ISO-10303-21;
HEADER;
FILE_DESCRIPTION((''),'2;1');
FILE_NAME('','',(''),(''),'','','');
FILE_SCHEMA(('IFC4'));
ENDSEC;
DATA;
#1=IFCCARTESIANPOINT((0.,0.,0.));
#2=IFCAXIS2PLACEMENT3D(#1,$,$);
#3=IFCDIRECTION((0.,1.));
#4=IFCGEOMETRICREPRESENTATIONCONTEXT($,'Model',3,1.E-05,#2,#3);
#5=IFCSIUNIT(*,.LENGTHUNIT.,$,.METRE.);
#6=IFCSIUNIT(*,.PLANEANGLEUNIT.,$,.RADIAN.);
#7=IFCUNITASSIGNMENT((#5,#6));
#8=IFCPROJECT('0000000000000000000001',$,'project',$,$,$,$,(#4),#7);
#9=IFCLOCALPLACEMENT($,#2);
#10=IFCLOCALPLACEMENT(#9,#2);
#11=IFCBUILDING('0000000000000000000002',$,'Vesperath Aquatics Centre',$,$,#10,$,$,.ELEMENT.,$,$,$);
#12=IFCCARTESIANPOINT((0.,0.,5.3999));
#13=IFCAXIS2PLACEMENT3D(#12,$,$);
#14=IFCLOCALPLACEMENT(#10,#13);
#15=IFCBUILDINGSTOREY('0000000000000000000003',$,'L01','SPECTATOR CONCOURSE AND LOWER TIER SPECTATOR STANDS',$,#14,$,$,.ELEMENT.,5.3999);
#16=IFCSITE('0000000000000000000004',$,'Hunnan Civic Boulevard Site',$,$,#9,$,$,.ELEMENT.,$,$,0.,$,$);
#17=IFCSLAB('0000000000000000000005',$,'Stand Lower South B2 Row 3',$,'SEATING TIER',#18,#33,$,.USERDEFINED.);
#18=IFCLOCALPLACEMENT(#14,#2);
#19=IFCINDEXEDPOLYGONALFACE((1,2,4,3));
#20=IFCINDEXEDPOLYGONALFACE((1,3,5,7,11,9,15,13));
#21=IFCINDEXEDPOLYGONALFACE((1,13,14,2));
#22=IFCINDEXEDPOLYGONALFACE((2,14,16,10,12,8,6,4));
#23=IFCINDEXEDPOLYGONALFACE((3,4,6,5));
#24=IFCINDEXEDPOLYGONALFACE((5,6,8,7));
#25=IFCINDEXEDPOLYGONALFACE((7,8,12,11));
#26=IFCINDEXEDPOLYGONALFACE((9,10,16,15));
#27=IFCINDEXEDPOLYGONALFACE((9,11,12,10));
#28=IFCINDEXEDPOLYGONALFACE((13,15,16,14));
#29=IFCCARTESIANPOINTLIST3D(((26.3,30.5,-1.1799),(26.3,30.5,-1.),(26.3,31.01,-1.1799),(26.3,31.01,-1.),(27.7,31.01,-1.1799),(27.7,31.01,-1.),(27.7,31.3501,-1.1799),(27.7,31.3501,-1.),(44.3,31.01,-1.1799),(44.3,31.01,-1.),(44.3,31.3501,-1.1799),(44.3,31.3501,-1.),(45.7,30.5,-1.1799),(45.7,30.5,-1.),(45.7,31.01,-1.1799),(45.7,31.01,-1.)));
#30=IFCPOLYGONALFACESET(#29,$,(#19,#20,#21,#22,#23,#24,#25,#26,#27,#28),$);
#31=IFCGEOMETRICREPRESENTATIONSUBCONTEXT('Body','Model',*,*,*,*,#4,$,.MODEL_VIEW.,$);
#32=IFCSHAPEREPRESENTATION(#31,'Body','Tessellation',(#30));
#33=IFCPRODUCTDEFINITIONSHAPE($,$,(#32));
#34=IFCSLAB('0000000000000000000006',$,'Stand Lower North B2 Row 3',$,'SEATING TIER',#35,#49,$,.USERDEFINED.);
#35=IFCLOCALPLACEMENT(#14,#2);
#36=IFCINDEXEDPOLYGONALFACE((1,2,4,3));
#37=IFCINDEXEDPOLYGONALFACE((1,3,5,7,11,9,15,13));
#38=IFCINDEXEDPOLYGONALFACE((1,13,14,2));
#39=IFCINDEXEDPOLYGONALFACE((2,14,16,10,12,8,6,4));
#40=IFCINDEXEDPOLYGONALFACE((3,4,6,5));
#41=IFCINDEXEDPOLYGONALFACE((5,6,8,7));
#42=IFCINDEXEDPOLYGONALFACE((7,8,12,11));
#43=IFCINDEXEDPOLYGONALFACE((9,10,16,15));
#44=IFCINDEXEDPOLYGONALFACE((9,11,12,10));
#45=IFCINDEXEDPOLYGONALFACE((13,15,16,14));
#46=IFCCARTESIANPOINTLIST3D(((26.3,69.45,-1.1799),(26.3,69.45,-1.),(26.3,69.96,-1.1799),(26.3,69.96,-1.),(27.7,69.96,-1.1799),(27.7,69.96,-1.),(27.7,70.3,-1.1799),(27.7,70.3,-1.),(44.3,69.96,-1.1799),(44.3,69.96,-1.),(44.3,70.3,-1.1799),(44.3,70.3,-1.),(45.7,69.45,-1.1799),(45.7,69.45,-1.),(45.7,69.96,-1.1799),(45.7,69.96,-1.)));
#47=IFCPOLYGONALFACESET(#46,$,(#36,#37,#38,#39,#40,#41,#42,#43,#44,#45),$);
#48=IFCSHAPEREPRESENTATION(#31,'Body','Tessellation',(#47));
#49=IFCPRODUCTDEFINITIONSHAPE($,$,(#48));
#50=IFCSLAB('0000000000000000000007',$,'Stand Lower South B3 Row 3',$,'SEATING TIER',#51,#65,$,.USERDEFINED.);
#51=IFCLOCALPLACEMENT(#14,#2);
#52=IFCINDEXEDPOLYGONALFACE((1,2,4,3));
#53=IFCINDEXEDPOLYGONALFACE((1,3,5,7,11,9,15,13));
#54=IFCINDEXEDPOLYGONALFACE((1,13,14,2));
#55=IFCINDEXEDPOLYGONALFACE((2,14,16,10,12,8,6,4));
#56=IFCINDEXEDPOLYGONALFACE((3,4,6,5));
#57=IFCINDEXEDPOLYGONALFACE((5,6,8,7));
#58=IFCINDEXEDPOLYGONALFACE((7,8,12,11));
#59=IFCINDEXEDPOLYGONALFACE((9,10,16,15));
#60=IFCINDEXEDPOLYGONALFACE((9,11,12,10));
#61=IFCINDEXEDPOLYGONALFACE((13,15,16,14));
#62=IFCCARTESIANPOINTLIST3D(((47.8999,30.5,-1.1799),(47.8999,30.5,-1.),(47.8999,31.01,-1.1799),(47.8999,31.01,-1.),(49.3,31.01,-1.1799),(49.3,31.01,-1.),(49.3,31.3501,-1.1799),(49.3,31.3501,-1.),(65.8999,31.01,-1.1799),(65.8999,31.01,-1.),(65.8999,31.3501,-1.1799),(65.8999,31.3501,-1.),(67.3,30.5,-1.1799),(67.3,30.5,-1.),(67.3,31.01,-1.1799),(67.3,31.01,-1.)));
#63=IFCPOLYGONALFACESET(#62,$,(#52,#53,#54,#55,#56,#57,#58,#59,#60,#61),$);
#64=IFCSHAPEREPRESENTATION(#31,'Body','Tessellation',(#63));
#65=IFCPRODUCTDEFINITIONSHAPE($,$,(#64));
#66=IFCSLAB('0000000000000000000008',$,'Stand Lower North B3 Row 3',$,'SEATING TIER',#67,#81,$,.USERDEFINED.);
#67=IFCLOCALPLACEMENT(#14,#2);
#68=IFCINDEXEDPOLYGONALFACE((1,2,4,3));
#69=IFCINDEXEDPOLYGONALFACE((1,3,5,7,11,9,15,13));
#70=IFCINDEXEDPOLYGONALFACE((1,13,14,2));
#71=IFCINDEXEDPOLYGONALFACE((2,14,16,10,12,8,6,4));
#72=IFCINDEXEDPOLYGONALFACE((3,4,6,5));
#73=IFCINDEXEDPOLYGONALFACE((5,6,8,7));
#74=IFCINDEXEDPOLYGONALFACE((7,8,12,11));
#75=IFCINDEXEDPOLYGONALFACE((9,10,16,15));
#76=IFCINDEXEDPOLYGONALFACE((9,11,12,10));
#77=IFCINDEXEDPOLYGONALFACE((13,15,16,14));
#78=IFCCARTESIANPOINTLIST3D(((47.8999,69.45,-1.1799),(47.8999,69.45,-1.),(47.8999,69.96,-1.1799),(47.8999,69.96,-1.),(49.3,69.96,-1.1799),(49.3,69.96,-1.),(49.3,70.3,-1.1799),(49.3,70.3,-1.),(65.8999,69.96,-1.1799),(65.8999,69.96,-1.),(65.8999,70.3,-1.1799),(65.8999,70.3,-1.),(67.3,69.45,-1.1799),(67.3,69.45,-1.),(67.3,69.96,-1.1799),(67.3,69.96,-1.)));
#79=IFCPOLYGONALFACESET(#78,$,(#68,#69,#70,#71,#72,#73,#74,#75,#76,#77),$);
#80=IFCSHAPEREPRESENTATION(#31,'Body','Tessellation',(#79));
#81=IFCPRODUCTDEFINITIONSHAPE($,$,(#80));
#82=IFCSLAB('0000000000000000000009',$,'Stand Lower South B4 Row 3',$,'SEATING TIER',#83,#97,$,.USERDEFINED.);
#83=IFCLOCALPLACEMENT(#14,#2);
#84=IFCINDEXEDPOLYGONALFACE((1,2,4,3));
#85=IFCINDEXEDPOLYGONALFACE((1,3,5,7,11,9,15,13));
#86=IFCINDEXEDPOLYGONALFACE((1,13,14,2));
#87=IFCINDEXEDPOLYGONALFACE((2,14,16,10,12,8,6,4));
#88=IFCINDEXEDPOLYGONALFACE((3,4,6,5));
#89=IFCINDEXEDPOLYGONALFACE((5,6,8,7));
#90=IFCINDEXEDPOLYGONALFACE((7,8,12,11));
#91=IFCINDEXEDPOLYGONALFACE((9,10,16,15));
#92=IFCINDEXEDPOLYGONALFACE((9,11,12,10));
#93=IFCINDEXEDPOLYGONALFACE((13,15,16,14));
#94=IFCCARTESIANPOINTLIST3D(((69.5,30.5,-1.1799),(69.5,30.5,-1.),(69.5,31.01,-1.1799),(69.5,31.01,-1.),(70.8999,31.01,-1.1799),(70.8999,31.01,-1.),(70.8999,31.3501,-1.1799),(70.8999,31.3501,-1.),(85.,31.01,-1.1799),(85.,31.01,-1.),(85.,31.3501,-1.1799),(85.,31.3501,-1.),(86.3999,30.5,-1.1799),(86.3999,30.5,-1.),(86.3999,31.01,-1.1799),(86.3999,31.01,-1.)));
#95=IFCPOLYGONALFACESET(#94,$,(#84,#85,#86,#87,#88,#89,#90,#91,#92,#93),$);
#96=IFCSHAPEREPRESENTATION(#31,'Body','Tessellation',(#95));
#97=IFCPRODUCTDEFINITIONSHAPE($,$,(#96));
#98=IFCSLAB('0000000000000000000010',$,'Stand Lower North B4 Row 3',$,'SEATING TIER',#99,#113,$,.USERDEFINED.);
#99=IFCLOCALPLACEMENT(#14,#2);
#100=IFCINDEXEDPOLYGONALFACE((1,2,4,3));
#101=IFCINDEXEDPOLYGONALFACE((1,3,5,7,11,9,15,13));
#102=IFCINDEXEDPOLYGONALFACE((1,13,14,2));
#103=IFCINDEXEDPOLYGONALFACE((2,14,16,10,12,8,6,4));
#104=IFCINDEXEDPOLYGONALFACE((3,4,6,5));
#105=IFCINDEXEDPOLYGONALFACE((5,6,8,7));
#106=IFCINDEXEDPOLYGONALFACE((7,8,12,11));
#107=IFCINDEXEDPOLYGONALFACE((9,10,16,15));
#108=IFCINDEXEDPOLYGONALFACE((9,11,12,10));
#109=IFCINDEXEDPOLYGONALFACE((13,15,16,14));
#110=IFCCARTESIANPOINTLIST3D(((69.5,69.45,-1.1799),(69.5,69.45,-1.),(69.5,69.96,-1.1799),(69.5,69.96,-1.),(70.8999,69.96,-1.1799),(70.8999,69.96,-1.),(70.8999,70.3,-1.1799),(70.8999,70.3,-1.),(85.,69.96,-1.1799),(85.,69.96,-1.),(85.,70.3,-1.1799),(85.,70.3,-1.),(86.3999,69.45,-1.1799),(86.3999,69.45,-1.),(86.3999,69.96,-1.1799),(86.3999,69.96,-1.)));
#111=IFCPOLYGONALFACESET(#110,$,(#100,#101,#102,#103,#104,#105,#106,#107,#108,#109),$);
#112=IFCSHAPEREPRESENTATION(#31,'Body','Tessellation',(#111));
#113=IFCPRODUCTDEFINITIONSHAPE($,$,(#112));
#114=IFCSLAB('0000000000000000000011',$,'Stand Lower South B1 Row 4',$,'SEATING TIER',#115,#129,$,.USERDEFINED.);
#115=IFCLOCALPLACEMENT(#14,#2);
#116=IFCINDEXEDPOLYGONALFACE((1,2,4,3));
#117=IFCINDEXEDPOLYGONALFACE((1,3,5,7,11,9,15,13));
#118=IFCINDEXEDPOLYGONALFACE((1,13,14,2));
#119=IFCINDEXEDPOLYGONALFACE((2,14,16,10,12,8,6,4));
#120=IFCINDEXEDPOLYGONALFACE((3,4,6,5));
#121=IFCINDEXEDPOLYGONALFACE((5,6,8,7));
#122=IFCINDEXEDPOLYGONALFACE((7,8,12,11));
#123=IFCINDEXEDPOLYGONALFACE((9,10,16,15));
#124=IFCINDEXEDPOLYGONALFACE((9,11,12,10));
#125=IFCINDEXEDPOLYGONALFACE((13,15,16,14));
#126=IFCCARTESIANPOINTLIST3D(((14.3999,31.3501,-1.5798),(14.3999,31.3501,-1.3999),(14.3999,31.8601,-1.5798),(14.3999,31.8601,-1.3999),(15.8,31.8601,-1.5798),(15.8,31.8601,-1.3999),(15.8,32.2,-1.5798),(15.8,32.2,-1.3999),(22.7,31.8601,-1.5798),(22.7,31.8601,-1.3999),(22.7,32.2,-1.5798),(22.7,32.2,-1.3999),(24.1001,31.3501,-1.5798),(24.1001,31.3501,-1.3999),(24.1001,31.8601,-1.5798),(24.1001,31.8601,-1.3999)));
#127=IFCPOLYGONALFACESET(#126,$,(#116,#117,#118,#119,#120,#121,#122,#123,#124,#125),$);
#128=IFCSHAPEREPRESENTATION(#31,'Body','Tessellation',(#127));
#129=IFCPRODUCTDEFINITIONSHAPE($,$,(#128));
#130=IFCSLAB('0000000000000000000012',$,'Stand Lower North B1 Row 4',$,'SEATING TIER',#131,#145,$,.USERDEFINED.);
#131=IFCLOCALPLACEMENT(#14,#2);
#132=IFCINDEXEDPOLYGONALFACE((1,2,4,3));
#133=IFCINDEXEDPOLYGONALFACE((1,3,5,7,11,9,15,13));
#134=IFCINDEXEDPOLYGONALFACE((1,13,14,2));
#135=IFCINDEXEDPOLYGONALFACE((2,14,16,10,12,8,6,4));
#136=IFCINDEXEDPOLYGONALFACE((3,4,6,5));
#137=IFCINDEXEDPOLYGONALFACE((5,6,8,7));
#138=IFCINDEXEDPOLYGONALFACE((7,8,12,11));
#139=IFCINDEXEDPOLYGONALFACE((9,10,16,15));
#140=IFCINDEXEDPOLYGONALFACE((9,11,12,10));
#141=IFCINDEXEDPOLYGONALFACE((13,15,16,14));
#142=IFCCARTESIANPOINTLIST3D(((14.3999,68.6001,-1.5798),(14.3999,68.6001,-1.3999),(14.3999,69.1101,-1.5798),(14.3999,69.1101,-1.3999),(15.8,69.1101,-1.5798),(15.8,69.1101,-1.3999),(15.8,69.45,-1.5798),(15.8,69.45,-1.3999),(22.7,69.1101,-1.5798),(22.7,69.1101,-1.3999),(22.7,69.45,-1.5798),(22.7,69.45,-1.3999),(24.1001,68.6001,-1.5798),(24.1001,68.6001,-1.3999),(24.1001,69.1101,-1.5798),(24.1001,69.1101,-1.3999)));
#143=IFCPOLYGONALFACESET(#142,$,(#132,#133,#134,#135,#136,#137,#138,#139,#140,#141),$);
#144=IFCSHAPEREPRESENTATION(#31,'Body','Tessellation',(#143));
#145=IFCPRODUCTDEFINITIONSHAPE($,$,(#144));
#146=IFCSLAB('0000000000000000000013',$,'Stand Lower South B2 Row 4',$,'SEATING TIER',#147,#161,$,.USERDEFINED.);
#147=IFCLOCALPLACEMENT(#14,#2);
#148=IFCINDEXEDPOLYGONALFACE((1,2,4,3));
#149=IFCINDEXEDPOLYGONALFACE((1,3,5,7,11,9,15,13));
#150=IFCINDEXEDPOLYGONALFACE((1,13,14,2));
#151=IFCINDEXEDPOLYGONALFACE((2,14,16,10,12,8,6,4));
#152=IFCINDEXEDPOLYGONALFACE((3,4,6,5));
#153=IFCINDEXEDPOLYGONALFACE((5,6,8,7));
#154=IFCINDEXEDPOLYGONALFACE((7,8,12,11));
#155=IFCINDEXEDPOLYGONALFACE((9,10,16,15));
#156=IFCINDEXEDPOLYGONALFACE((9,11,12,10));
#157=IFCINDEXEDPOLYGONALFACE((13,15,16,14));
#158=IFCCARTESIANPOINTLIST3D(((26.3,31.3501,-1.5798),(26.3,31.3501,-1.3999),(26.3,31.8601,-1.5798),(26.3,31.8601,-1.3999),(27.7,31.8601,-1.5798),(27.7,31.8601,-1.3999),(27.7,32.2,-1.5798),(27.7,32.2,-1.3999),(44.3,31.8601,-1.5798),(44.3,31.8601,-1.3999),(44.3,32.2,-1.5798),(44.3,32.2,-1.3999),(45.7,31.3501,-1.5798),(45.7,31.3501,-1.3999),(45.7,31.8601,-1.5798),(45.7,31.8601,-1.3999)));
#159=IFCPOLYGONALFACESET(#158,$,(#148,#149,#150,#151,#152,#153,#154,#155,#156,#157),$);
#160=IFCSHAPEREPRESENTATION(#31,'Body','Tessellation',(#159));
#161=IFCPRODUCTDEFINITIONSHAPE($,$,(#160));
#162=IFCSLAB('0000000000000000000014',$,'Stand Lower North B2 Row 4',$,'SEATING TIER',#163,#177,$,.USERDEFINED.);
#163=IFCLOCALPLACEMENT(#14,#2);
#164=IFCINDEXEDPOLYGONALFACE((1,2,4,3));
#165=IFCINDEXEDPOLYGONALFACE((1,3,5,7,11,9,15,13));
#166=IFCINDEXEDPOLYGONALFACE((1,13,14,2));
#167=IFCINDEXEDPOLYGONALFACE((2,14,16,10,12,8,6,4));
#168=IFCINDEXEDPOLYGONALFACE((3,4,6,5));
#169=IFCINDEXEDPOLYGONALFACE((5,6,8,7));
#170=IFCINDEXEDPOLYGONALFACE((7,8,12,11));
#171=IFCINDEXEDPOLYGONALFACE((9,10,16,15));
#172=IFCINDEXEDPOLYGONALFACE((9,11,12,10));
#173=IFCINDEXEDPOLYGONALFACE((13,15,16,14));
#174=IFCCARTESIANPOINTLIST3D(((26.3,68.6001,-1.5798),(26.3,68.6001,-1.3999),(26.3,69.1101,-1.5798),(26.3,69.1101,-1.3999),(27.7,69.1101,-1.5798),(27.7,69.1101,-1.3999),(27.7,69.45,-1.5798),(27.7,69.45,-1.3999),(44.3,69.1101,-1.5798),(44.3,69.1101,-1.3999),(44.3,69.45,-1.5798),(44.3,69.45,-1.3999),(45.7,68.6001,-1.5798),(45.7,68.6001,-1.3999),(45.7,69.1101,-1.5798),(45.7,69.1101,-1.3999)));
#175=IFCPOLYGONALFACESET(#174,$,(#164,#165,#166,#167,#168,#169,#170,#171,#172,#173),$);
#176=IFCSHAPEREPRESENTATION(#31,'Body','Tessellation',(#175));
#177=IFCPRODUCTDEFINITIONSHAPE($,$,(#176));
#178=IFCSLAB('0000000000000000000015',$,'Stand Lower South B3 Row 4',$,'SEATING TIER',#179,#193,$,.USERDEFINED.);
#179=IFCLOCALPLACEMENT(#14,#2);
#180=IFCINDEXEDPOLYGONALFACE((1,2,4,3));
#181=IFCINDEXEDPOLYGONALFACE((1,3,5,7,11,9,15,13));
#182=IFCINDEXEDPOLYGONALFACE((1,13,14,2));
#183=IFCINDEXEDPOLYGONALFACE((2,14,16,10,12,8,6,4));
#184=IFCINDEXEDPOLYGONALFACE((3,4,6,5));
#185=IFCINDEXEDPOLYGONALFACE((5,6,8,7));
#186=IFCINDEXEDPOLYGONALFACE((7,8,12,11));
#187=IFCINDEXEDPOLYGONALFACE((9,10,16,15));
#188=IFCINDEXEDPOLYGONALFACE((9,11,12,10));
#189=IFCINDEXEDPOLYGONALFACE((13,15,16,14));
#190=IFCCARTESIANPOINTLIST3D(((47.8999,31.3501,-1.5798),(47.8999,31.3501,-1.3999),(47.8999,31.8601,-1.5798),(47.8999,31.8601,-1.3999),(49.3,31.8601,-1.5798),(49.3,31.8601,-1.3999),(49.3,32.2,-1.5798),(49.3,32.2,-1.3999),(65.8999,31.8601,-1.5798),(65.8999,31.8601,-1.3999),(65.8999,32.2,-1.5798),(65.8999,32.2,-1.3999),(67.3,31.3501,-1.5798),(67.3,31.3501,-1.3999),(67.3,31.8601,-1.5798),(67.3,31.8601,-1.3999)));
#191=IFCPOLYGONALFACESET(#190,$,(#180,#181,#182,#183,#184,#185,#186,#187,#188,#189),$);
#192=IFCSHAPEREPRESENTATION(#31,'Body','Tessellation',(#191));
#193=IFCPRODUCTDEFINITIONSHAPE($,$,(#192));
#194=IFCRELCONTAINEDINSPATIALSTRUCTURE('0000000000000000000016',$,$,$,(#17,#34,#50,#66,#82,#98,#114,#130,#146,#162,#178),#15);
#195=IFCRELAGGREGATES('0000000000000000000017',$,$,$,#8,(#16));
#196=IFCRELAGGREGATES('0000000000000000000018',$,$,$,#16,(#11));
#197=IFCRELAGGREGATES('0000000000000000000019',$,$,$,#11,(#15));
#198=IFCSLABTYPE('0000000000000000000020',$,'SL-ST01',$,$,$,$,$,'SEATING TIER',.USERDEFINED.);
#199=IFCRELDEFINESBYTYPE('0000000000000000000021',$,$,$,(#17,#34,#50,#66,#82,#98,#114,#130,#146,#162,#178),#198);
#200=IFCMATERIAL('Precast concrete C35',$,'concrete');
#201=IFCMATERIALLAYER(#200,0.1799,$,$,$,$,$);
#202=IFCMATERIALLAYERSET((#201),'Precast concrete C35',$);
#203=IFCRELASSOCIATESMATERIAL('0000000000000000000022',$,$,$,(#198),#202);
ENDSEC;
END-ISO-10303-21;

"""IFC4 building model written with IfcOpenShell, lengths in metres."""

from ifc_helpers import new_model, si_unit, direction, frame, origin, place, context, subcontext, project, spatial, polyline, outline, extrude, material, layer, layer_set, type_object, element, save


model = new_model("IFC4")

# Units and contexts
model_context = context("Model", 3, precision=1e-05, world=origin(), true_north=direction((0.0, 1.0)))
body_context = subcontext(model_context, "Body", "Model", "MODEL_VIEW")
ifc_project = project(units=[si_unit("LENGTHUNIT", "METRE"), si_unit("PLANEANGLEUNIT", "RADIAN")], contexts=[model_context])

# Site, building, storey
site_placement = place(None, origin())
site = spatial("IfcSite", under=ifc_project, at=site_placement, Name="Hunnan Civic Boulevard Site", CompositionType="ELEMENT", RefElevation=0.0)
building_placement = place(site_placement, origin())
building = spatial("IfcBuilding", under=site, at=building_placement, Name="Vesperath Aquatics Centre", CompositionType="ELEMENT")
storey_placement = place(building_placement, frame((0.0, 0.0, 5.3999)))
storey = spatial("IfcBuildingStorey", under=building, at=storey_placement, Name="L01", Description="SPECTATOR CONCOURSE AND LOWER TIER SPECTATOR STANDS", CompositionType="ELEMENT", Elevation=5.3999)

# Slabs
ifc_material_1 = material(Name="Precast concrete C35", Category="concrete")
ifc_layer_1 = layer(ifc_material_1, 0.1799)
ifc_layer_set_1 = layer_set([ifc_layer_1], Name="Precast concrete C35")
slab_type_1 = type_object("IfcSlabType", Name="SL-ST01", ElementType="SEATING TIER", PredefinedType="USERDEFINED", material=ifc_layer_set_1)
slab_1_placement = place(storey_placement, frame((0.0, 0.0, -1.1799)))
element("IfcSlab", 1, at=slab_1_placement, inside=storey, type_object=slab_type_1, Name="Stand Lower South B2 Row 3", ObjectType="SEATING TIER", PredefinedType="USERDEFINED", context=body_context, shape_type="SweptSolid", body=[
    extrude(outline(polyline([(26.3, 30.5), (45.7, 30.5), (45.7, 31.01), (44.3, 31.01), (44.3, 31.3501), (27.7, 31.3501), (27.7, 31.01), (26.3, 31.01), (26.3, 30.5)])), origin(), (0.0, 0.0, 1.0), 0.1799),
])
slab_2_placement = place(storey_placement, frame((0.0, 0.0, -1.1799)))
element("IfcSlab", 2, at=slab_2_placement, inside=storey, type_object=slab_type_1, Name="Stand Lower North B2 Row 3", ObjectType="SEATING TIER", PredefinedType="USERDEFINED", context=body_context, shape_type="SweptSolid", body=[
    extrude(outline(polyline([(26.3, 69.45), (45.7, 69.45), (45.7, 69.96), (44.3, 69.96), (44.3, 70.3), (27.7, 70.3), (27.7, 69.96), (26.3, 69.96), (26.3, 69.45)])), origin(), (0.0, 0.0, 1.0), 0.1799),
])
slab_3_placement = place(storey_placement, frame((0.0, 0.0, -1.1799)))
element("IfcSlab", 3, at=slab_3_placement, inside=storey, type_object=slab_type_1, Name="Stand Lower South B3 Row 3", ObjectType="SEATING TIER", PredefinedType="USERDEFINED", context=body_context, shape_type="SweptSolid", body=[
    extrude(outline(polyline([(47.8999, 30.5), (67.3, 30.5), (67.3, 31.01), (65.8999, 31.01), (65.8999, 31.3501), (49.3, 31.3501), (49.3, 31.01), (47.8999, 31.01), (47.8999, 30.5)])), origin(), (0.0, 0.0, 1.0), 0.1799),
])
slab_4_placement = place(storey_placement, frame((0.0, 0.0, -1.1799)))
element("IfcSlab", 4, at=slab_4_placement, inside=storey, type_object=slab_type_1, Name="Stand Lower North B3 Row 3", ObjectType="SEATING TIER", PredefinedType="USERDEFINED", context=body_context, shape_type="SweptSolid", body=[
    extrude(outline(polyline([(47.8999, 69.45), (67.3, 69.45), (67.3, 69.96), (65.8999, 69.96), (65.8999, 70.3), (49.3, 70.3), (49.3, 69.96), (47.8999, 69.96), (47.8999, 69.45)])), origin(), (0.0, 0.0, 1.0), 0.1799),
])
slab_5_placement = place(storey_placement, frame((0.0, 0.0, -1.1799)))
element("IfcSlab", 5, at=slab_5_placement, inside=storey, type_object=slab_type_1, Name="Stand Lower South B4 Row 3", ObjectType="SEATING TIER", PredefinedType="USERDEFINED", context=body_context, shape_type="SweptSolid", body=[
    extrude(outline(polyline([(69.5, 30.5), (86.3999, 30.5), (86.3999, 31.01), (85.0, 31.01), (85.0, 31.3501), (70.8999, 31.3501), (70.8999, 31.01), (69.5, 31.01), (69.5, 30.5)])), origin(), (0.0, 0.0, 1.0), 0.1799),
])
slab_6_placement = place(storey_placement, frame((0.0, 0.0, -1.1799)))
element("IfcSlab", 6, at=slab_6_placement, inside=storey, type_object=slab_type_1, Name="Stand Lower North B4 Row 3", ObjectType="SEATING TIER", PredefinedType="USERDEFINED", context=body_context, shape_type="SweptSolid", body=[
    extrude(outline(polyline([(69.5, 69.45), (86.3999, 69.45), (86.3999, 69.96), (85.0, 69.96), (85.0, 70.3), (70.8999, 70.3), (70.8999, 69.96), (69.5, 69.96), (69.5, 69.45)])), origin(), (0.0, 0.0, 1.0), 0.1799),
])
slab_7_placement = place(storey_placement, frame((0.0, 0.0, -1.5798)))
element("IfcSlab", 7, at=slab_7_placement, inside=storey, type_object=slab_type_1, Name="Stand Lower South B1 Row 4", ObjectType="SEATING TIER", PredefinedType="USERDEFINED", context=body_context, shape_type="SweptSolid", body=[
    extrude(outline(polyline([(14.3999, 31.3501), (24.1001, 31.3501), (24.1001, 31.8601), (22.7, 31.8601), (22.7, 32.2), (15.8, 32.2), (15.8, 31.8601), (14.3999, 31.8601), (14.3999, 31.3501)])), origin(), (0.0, 0.0, 1.0), 0.1799),
])
slab_8_placement = place(storey_placement, frame((0.0, 0.0, -1.5798)))
element("IfcSlab", 8, at=slab_8_placement, inside=storey, type_object=slab_type_1, Name="Stand Lower North B1 Row 4", ObjectType="SEATING TIER", PredefinedType="USERDEFINED", context=body_context, shape_type="SweptSolid", body=[
    extrude(outline(polyline([(14.3999, 68.6001), (24.1001, 68.6001), (24.1001, 69.1101), (22.7, 69.1101), (22.7, 69.45), (15.8, 69.45), (15.8, 69.1101), (14.3999, 69.1101), (14.3999, 68.6001)])), origin(), (0.0, 0.0, 1.0), 0.1799),
])
slab_9_placement = place(storey_placement, frame((0.0, 0.0, -1.5798)))
element("IfcSlab", 9, at=slab_9_placement, inside=storey, type_object=slab_type_1, Name="Stand Lower South B2 Row 4", ObjectType="SEATING TIER", PredefinedType="USERDEFINED", context=body_context, shape_type="SweptSolid", body=[
    extrude(outline(polyline([(26.3, 31.3501), (45.7, 31.3501), (45.7, 31.8601), (44.3, 31.8601), (44.3, 32.2), (27.7, 32.2), (27.7, 31.8601), (26.3, 31.8601), (26.3, 31.3501)])), origin(), (0.0, 0.0, 1.0), 0.1799),
])
slab_10_placement = place(storey_placement, frame((0.0, 0.0, -1.5798)))
element("IfcSlab", 10, at=slab_10_placement, inside=storey, type_object=slab_type_1, Name="Stand Lower North B2 Row 4", ObjectType="SEATING TIER", PredefinedType="USERDEFINED", context=body_context, shape_type="SweptSolid", body=[
    extrude(outline(polyline([(26.3, 68.6001), (45.7, 68.6001), (45.7, 69.1101), (44.3, 69.1101), (44.3, 69.45), (27.7, 69.45), (27.7, 69.1101), (26.3, 69.1101), (26.3, 68.6001)])), origin(), (0.0, 0.0, 1.0), 0.1799),
])
slab_11_placement = place(storey_placement, frame((0.0, 0.0, -1.5798)))
element("IfcSlab", 11, at=slab_11_placement, inside=storey, type_object=slab_type_1, Name="Stand Lower South B3 Row 4", ObjectType="SEATING TIER", PredefinedType="USERDEFINED", context=body_context, shape_type="SweptSolid", body=[
    extrude(outline(polyline([(47.8999, 31.3501), (67.3, 31.3501), (67.3, 31.8601), (65.8999, 31.8601), (65.8999, 32.2), (49.3, 32.2), (49.3, 31.8601), (47.8999, 31.8601), (47.8999, 31.3501)])), origin(), (0.0, 0.0, 1.0), 0.1799),
])

save(model, "model.ifc")
